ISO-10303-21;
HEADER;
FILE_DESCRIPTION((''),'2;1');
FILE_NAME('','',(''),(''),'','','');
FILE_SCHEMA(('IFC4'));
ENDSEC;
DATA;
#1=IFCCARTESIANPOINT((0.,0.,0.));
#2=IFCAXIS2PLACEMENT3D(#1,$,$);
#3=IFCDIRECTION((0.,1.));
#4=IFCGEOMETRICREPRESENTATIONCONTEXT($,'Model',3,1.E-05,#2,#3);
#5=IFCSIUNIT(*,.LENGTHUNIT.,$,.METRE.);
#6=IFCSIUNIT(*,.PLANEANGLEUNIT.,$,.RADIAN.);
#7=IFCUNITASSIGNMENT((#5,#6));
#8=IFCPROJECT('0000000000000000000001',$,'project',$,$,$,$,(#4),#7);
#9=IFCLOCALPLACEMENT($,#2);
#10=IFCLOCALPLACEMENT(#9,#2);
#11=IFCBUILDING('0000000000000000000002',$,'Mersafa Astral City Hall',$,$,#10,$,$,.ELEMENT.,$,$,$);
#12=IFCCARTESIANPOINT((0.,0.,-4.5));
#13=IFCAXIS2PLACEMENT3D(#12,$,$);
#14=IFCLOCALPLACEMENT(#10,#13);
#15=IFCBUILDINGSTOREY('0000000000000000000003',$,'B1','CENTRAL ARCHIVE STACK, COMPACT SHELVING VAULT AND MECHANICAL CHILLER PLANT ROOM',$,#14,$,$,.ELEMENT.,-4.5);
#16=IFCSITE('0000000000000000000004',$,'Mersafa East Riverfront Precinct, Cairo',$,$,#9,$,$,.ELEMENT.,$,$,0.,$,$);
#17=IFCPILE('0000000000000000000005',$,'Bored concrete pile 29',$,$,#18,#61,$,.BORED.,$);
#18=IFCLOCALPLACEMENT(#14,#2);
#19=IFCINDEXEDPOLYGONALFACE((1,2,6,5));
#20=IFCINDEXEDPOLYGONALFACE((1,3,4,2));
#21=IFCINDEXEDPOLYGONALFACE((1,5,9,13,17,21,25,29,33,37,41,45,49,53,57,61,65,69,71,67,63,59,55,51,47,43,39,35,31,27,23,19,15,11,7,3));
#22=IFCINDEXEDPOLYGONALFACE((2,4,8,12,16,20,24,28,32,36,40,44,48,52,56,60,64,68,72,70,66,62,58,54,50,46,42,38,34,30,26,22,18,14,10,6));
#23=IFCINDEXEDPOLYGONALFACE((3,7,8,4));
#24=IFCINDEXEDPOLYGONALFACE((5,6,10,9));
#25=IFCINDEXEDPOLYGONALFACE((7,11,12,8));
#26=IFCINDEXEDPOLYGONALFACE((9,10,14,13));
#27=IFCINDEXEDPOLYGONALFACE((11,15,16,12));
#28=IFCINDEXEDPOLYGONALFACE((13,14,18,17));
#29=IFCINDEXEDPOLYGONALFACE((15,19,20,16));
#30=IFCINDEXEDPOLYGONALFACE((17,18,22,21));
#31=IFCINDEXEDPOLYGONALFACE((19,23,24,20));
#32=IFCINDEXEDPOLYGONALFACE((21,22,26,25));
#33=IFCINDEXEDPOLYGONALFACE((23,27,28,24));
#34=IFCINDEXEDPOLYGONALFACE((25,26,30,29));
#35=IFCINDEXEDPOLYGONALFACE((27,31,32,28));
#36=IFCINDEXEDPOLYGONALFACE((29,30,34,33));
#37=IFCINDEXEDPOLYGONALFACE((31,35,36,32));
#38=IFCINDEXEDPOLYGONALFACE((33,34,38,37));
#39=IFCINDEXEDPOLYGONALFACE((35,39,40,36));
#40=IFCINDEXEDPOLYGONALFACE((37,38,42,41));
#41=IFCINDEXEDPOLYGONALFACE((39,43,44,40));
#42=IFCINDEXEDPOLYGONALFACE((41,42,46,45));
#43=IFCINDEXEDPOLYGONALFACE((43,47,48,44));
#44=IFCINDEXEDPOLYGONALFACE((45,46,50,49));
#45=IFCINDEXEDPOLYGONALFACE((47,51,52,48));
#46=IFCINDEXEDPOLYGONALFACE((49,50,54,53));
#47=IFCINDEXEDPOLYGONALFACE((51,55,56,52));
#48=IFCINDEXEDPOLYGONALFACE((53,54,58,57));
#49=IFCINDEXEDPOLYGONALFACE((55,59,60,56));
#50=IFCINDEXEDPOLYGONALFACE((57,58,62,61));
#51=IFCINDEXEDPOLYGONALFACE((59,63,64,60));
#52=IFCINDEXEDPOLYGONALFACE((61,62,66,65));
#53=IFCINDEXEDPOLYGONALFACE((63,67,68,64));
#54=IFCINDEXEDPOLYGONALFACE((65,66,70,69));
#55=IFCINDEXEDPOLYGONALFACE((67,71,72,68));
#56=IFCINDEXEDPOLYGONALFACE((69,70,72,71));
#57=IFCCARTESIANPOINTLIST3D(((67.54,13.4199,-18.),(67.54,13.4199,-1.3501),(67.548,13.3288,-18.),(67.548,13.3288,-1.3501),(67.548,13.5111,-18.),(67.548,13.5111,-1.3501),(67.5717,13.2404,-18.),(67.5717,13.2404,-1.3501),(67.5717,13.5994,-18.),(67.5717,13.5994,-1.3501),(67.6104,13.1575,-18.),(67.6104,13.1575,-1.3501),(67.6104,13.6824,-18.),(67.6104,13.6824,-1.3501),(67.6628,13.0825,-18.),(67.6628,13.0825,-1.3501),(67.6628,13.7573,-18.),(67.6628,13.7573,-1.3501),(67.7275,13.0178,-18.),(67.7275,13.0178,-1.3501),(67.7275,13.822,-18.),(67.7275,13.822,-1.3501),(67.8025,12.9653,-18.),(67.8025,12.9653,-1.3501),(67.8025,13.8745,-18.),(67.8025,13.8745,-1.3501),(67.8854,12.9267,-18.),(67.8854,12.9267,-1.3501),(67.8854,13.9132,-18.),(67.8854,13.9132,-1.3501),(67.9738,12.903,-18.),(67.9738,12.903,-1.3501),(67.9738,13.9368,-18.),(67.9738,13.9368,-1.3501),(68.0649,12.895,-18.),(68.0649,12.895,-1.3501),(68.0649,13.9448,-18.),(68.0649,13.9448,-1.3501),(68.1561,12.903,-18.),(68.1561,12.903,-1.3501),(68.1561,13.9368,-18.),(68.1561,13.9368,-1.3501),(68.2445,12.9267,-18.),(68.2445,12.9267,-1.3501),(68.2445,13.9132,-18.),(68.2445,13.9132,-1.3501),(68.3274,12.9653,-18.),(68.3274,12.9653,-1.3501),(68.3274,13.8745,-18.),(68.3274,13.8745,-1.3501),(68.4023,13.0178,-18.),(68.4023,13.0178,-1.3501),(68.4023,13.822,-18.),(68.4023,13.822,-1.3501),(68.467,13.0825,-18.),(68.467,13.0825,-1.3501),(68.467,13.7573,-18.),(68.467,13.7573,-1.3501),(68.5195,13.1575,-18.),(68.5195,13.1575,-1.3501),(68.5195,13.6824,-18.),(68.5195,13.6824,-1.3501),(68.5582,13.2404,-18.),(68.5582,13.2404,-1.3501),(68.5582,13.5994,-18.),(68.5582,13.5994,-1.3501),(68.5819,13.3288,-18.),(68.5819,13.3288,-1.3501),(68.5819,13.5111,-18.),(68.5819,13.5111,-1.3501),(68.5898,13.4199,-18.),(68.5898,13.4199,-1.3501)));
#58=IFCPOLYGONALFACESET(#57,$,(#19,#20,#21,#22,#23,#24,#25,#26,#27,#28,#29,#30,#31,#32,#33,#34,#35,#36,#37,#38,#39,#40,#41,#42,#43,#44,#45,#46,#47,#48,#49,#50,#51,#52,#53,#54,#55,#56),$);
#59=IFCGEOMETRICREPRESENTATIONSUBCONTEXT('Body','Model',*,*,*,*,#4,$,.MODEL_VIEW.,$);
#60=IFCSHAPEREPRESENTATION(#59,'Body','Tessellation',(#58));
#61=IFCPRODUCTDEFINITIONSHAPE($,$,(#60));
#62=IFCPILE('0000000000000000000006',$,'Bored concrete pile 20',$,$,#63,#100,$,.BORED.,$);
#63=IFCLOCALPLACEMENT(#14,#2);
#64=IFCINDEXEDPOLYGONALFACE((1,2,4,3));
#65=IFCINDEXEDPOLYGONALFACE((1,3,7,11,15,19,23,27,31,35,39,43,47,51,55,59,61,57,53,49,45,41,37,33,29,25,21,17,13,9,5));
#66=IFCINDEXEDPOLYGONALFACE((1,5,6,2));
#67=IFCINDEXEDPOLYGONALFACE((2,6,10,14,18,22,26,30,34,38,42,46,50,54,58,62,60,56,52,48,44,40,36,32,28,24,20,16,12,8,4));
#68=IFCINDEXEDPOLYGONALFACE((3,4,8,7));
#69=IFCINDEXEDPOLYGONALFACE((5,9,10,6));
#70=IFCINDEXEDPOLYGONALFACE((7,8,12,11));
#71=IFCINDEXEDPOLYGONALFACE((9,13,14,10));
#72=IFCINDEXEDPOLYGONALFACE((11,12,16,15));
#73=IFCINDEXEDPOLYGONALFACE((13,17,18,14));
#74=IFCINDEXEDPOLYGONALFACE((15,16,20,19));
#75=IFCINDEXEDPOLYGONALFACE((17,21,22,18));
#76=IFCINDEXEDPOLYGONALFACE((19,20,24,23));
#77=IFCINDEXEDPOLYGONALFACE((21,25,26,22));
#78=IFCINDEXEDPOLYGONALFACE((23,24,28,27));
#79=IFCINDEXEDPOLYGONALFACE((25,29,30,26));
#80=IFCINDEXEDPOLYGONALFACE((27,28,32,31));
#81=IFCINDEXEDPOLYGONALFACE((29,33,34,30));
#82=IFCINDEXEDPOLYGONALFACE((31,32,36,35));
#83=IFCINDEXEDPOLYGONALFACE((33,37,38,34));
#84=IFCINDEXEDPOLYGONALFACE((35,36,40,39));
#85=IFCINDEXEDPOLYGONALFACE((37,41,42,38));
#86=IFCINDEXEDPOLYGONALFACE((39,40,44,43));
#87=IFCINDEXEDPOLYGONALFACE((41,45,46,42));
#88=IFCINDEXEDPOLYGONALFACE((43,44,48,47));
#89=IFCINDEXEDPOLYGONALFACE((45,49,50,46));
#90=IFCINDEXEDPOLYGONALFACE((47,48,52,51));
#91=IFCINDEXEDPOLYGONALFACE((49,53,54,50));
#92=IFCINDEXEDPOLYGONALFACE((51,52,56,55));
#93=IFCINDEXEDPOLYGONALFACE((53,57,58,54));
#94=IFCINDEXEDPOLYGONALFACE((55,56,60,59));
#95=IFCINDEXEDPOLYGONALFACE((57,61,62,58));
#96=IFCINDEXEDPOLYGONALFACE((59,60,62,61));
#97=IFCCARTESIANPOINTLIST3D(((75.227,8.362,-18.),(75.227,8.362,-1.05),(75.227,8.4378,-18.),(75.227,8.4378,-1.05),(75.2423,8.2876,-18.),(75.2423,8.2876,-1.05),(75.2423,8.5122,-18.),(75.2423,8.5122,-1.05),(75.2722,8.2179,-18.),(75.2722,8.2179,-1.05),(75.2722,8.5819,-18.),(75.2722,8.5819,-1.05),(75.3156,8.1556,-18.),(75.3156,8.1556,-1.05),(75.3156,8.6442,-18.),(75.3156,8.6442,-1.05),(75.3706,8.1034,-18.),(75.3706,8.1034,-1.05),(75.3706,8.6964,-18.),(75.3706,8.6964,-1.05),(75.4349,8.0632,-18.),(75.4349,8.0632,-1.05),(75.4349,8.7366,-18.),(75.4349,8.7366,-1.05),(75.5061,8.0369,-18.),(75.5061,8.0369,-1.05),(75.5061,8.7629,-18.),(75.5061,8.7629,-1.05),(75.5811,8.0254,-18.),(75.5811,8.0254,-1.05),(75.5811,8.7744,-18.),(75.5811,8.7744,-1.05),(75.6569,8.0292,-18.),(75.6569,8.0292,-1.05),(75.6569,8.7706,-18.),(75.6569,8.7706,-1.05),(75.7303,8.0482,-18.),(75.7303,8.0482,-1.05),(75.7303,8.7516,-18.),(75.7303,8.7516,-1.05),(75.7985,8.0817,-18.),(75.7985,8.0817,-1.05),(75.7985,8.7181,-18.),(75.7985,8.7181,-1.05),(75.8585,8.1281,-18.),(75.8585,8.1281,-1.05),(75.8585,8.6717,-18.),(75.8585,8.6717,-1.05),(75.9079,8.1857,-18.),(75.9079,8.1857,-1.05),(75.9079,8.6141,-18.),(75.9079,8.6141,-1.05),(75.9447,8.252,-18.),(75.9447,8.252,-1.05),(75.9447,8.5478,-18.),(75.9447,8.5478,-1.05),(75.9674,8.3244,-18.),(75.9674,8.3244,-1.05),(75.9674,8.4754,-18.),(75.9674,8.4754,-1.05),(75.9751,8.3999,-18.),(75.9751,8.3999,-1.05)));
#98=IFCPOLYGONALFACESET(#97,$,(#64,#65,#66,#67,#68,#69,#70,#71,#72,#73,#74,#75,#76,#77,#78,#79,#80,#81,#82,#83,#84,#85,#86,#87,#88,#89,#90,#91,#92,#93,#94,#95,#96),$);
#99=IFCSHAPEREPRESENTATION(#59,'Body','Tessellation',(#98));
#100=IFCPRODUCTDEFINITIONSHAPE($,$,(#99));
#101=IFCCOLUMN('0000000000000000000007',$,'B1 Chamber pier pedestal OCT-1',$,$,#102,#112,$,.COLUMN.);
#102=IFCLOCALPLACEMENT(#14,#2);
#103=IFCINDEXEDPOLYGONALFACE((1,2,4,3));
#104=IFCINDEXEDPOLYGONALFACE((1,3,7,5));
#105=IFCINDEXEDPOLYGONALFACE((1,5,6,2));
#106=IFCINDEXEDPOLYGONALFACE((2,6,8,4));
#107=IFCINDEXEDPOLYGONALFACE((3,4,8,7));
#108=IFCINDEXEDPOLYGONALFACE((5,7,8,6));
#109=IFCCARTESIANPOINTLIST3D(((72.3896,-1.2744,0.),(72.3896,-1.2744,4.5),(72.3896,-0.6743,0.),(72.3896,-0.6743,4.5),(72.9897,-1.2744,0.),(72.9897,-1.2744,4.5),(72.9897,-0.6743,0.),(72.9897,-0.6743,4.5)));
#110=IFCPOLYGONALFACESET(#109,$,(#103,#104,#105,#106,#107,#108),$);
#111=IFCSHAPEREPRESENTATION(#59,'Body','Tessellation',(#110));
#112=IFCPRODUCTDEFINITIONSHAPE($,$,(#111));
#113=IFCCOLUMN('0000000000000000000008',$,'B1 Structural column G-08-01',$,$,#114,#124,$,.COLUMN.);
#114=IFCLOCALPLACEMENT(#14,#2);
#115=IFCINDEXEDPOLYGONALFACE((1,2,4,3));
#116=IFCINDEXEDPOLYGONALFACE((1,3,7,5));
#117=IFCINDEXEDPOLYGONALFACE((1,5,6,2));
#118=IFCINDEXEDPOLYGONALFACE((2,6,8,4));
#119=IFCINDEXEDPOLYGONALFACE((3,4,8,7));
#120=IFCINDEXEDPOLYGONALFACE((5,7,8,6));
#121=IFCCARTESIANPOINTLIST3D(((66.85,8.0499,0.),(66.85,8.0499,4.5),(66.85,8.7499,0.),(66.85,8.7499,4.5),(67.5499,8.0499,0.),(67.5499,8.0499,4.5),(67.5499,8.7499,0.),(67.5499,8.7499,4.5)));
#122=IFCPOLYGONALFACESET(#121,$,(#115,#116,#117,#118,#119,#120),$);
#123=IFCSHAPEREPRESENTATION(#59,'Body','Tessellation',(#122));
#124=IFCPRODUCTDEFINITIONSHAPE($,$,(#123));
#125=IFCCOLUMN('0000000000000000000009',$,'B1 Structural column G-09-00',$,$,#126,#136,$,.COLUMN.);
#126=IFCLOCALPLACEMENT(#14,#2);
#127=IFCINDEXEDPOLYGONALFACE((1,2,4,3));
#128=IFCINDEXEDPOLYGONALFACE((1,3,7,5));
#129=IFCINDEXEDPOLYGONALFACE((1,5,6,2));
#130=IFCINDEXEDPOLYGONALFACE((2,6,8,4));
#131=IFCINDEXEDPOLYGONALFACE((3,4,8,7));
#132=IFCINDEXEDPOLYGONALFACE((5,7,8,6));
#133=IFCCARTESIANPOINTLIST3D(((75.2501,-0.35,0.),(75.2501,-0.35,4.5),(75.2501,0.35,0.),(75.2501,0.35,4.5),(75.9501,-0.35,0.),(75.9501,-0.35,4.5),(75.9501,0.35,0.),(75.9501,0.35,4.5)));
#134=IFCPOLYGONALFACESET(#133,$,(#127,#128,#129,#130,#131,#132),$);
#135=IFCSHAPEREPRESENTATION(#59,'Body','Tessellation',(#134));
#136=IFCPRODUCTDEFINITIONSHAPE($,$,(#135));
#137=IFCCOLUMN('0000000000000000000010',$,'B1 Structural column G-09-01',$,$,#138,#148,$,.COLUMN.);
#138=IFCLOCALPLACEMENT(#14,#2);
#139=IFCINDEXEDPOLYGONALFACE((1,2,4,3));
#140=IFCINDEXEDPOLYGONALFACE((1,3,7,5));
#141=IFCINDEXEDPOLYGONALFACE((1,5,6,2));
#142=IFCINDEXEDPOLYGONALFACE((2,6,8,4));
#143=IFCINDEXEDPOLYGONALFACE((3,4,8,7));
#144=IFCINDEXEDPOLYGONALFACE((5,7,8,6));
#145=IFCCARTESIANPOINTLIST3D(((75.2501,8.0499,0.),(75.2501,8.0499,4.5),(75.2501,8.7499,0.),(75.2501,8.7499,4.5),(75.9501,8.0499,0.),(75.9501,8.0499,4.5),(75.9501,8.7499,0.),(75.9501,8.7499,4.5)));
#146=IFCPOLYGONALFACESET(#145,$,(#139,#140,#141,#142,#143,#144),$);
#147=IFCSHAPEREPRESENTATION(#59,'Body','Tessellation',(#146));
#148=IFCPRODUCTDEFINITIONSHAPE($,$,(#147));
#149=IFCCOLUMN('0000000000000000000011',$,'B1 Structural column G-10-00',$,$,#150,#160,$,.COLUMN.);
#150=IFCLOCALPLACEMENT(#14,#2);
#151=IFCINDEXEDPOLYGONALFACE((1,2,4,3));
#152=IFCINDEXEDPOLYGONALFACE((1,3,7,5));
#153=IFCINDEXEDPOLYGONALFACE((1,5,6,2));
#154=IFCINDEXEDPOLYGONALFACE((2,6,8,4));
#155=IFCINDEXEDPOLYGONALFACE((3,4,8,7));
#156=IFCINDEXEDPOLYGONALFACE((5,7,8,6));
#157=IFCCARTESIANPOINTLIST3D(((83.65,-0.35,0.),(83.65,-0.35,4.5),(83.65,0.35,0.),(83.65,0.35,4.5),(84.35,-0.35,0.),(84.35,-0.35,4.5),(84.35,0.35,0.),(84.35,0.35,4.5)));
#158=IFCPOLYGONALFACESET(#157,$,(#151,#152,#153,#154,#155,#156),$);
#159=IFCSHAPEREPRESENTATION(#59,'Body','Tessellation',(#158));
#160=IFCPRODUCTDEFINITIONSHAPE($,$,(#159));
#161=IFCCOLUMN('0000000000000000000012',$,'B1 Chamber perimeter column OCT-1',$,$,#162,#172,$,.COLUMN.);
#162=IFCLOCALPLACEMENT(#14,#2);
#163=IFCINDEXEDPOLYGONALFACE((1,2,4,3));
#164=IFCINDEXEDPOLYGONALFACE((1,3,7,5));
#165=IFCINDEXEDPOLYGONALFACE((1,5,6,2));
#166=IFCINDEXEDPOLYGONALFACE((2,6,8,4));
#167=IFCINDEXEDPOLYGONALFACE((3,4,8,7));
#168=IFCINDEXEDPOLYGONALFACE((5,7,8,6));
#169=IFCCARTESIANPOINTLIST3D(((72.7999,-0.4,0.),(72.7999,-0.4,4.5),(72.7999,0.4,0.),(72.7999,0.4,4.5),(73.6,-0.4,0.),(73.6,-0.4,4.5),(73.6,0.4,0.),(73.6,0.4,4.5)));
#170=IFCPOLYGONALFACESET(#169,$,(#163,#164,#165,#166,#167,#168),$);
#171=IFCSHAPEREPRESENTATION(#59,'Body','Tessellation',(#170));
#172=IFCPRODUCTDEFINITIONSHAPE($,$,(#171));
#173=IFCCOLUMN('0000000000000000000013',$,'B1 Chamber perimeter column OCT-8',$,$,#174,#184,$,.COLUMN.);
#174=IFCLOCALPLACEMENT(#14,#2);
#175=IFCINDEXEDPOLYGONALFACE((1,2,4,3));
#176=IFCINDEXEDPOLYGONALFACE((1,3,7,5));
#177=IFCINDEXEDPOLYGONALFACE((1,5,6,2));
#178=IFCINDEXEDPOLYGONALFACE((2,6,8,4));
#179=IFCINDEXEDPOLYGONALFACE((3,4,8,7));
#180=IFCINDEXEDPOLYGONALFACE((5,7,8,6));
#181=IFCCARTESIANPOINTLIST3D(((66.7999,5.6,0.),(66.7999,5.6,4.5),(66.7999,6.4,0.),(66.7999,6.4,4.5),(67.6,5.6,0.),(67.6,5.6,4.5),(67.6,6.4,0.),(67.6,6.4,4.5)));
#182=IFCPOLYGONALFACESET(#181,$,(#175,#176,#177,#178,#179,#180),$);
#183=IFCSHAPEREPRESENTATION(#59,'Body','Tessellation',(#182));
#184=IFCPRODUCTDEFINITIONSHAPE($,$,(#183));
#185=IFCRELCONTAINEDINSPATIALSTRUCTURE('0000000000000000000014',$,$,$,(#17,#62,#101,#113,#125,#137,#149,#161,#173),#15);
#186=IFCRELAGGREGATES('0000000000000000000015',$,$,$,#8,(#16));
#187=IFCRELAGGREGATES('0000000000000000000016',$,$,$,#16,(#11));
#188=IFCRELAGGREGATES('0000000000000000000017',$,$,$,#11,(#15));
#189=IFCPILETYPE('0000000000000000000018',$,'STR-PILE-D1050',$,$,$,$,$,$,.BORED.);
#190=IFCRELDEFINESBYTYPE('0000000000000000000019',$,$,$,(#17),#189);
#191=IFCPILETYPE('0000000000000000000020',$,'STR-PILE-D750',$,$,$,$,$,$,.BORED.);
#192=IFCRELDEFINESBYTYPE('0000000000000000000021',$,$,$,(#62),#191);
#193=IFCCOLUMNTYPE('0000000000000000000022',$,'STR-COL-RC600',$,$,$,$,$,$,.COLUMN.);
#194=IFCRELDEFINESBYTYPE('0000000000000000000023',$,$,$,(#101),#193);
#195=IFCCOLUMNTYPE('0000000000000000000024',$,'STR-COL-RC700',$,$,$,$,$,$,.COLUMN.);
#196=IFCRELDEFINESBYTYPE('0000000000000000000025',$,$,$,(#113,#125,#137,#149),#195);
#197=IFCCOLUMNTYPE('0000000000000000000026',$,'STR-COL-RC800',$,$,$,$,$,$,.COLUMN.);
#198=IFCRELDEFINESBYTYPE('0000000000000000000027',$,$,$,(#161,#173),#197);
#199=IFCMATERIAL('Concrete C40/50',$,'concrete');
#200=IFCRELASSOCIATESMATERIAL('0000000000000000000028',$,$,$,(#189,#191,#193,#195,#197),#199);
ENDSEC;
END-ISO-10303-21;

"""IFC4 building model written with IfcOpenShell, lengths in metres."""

from ifc_helpers import new_model, si_unit, direction, frame, origin, origin_2d, place, context, subcontext, project, spatial, rectangle, circle, extrude, material, material_profile, profile_set, type_object, element, save


model = new_model("IFC4")

# Units and contexts
model_context = context("Model", 3, precision=1e-05, world=origin(), true_north=direction((0.0, 1.0)))
body_context = subcontext(model_context, "Body", "Model", "MODEL_VIEW")
ifc_project = project(units=[si_unit("LENGTHUNIT", "METRE"), si_unit("PLANEANGLEUNIT", "RADIAN")], contexts=[model_context])

# Site, building, storey
site_placement = place(None, origin())
site = spatial("IfcSite", under=ifc_project, at=site_placement, Name="Mersafa East Riverfront Precinct, Cairo", CompositionType="ELEMENT", RefElevation=0.0)
building_placement = place(site_placement, origin())
building = spatial("IfcBuilding", under=site, at=building_placement, Name="Mersafa Astral City Hall", CompositionType="ELEMENT")
storey_placement = place(building_placement, frame((0.0, 0.0, -4.5)))
storey = spatial("IfcBuildingStorey", under=building, at=storey_placement, Name="B1", Description="CENTRAL ARCHIVE STACK, COMPACT SHELVING VAULT AND MECHANICAL CHILLER PLANT ROOM", CompositionType="ELEMENT", Elevation=-4.5)

# Shared definitions
ifc_material = material(Name="Concrete C40/50", Category="concrete")

# Piles
ifc_material_profile_1 = material_profile(ifc_material, circle(Radius=0.5249, at=origin_2d()), Name="PILE D1050")
ifc_profile_set_1 = profile_set([ifc_material_profile_1], Name="Concrete C40/50")
pile_type_1 = type_object("IfcPileType", Name="STR-PILE-D1050", PredefinedType="BORED", material=ifc_profile_set_1)
for number, where, z_axis, x_axis, name in (
    (1, (68.0649, 13.4199, -1.3501), (0.0, 0.0, -1.0), (1.0, 0.0, 0.0), "Bored concrete pile 29"),
):
    element("IfcPile", number, at=place(storey_placement, frame(where, z_axis=z_axis, x_axis=x_axis)), inside=storey, type_object=pile_type_1, Name=name, PredefinedType="BORED", context=body_context, shape_type="SweptSolid", body=[
        extrude(circle(Radius=0.5249, at=origin_2d()), origin(), (0.0, 0.0, 1.0), 16.6499),
    ])
ifc_material_profile_2 = material_profile(ifc_material, circle(Radius=0.375, at=origin_2d()), Name="PILE D750")
ifc_profile_set_2 = profile_set([ifc_material_profile_2], Name="Concrete C40/50")
pile_type_2 = type_object("IfcPileType", Name="STR-PILE-D750", PredefinedType="BORED", material=ifc_profile_set_2)
pile_placement = place(storey_placement, frame((75.6001, 8.3999, -1.05), z_axis=(0.0, 0.0, -1.0), x_axis=(1.0, 0.0, 0.0)))
element("IfcPile", 2, at=pile_placement, inside=storey, type_object=pile_type_2, Name="Bored concrete pile 20", PredefinedType="BORED", context=body_context, shape_type="SweptSolid", body=[
    extrude(circle(Radius=0.375, at=origin_2d()), origin(), (0.0, 0.0, 1.0), 16.95),
])

# Columns
ifc_material_profile_3 = material_profile(ifc_material, rectangle(XDim=0.6001, YDim=0.6001, at=origin_2d()), Name="RC 600x600")
ifc_profile_set_3 = profile_set([ifc_material_profile_3], Name="Concrete C40/50")
column_type_1 = type_object("IfcColumnType", Name="STR-COL-RC600", PredefinedType="COLUMN", material=ifc_profile_set_3)
column_placement = place(storey_placement, frame((72.6897, -0.9744, 0.0), z_axis=(0.0, 0.0, 1.0), x_axis=(1.0, 0.0, 0.0)))
element("IfcColumn", 3, at=column_placement, inside=storey, type_object=column_type_1, Name="B1 Chamber pier pedestal OCT-1", PredefinedType="COLUMN", context=body_context, shape_type="SweptSolid", body=[
    extrude(rectangle(XDim=0.6001, YDim=0.6001, at=origin_2d()), origin(), (0.0, 0.0, 1.0), 4.5),
])
ifc_material_profile_4 = material_profile(ifc_material, rectangle(XDim=0.7, YDim=0.7, at=origin_2d()), Name="RC 700x700")
ifc_profile_set_4 = profile_set([ifc_material_profile_4], Name="Concrete C40/50")
column_type_2 = type_object("IfcColumnType", Name="STR-COL-RC700", PredefinedType="COLUMN", material=ifc_profile_set_4)
for number, where, z_axis, x_axis, name in (
    (4, (67.2, 8.3999, 0.0), (0.0, 0.0, 1.0), (1.0, 0.0, 0.0), "B1 Structural column G-08-01"),
    (5, (75.6001, 0.0, 0.0), (0.0, 0.0, 1.0), (1.0, 0.0, 0.0), "B1 Structural column G-09-00"),
    (6, (75.6001, 8.3999, 0.0), (0.0, 0.0, 1.0), (1.0, 0.0, 0.0), "B1 Structural column G-09-01"),
    (7, (84.0, 0.0, 0.0), (0.0, 0.0, 1.0), (1.0, 0.0, 0.0), "B1 Structural column G-10-00"),
):
    element("IfcColumn", number, at=place(storey_placement, frame(where, z_axis=z_axis, x_axis=x_axis)), inside=storey, type_object=column_type_2, Name=name, PredefinedType="COLUMN", context=body_context, shape_type="SweptSolid", body=[
        extrude(rectangle(XDim=0.7, YDim=0.7, at=origin_2d()), origin(), (0.0, 0.0, 1.0), 4.5),
    ])
ifc_material_profile_5 = material_profile(ifc_material, rectangle(XDim=0.8, YDim=0.8, at=origin_2d()), Name="RC 800x800")
ifc_profile_set_5 = profile_set([ifc_material_profile_5], Name="Concrete C40/50")
column_type_3 = type_object("IfcColumnType", Name="STR-COL-RC800", PredefinedType="COLUMN", material=ifc_profile_set_5)
for number, where, z_axis, x_axis, name in (
    (8, (73.2, 0.0, 0.0), (0.0, 0.0, 1.0), (1.0, 0.0, 0.0), "B1 Chamber perimeter column OCT-1"),
    (9, (67.2, 6.0, 0.0), (0.0, 0.0, 1.0), (1.0, 0.0, 0.0), "B1 Chamber perimeter column OCT-8"),
):
    element("IfcColumn", number, at=place(storey_placement, frame(where, z_axis=z_axis, x_axis=x_axis)), inside=storey, type_object=column_type_3, Name=name, PredefinedType="COLUMN", context=body_context, shape_type="SweptSolid", body=[
        extrude(rectangle(XDim=0.8, YDim=0.8, at=origin_2d()), origin(), (0.0, 0.0, 1.0), 4.5),
    ])

save(model, "model.ifc")
